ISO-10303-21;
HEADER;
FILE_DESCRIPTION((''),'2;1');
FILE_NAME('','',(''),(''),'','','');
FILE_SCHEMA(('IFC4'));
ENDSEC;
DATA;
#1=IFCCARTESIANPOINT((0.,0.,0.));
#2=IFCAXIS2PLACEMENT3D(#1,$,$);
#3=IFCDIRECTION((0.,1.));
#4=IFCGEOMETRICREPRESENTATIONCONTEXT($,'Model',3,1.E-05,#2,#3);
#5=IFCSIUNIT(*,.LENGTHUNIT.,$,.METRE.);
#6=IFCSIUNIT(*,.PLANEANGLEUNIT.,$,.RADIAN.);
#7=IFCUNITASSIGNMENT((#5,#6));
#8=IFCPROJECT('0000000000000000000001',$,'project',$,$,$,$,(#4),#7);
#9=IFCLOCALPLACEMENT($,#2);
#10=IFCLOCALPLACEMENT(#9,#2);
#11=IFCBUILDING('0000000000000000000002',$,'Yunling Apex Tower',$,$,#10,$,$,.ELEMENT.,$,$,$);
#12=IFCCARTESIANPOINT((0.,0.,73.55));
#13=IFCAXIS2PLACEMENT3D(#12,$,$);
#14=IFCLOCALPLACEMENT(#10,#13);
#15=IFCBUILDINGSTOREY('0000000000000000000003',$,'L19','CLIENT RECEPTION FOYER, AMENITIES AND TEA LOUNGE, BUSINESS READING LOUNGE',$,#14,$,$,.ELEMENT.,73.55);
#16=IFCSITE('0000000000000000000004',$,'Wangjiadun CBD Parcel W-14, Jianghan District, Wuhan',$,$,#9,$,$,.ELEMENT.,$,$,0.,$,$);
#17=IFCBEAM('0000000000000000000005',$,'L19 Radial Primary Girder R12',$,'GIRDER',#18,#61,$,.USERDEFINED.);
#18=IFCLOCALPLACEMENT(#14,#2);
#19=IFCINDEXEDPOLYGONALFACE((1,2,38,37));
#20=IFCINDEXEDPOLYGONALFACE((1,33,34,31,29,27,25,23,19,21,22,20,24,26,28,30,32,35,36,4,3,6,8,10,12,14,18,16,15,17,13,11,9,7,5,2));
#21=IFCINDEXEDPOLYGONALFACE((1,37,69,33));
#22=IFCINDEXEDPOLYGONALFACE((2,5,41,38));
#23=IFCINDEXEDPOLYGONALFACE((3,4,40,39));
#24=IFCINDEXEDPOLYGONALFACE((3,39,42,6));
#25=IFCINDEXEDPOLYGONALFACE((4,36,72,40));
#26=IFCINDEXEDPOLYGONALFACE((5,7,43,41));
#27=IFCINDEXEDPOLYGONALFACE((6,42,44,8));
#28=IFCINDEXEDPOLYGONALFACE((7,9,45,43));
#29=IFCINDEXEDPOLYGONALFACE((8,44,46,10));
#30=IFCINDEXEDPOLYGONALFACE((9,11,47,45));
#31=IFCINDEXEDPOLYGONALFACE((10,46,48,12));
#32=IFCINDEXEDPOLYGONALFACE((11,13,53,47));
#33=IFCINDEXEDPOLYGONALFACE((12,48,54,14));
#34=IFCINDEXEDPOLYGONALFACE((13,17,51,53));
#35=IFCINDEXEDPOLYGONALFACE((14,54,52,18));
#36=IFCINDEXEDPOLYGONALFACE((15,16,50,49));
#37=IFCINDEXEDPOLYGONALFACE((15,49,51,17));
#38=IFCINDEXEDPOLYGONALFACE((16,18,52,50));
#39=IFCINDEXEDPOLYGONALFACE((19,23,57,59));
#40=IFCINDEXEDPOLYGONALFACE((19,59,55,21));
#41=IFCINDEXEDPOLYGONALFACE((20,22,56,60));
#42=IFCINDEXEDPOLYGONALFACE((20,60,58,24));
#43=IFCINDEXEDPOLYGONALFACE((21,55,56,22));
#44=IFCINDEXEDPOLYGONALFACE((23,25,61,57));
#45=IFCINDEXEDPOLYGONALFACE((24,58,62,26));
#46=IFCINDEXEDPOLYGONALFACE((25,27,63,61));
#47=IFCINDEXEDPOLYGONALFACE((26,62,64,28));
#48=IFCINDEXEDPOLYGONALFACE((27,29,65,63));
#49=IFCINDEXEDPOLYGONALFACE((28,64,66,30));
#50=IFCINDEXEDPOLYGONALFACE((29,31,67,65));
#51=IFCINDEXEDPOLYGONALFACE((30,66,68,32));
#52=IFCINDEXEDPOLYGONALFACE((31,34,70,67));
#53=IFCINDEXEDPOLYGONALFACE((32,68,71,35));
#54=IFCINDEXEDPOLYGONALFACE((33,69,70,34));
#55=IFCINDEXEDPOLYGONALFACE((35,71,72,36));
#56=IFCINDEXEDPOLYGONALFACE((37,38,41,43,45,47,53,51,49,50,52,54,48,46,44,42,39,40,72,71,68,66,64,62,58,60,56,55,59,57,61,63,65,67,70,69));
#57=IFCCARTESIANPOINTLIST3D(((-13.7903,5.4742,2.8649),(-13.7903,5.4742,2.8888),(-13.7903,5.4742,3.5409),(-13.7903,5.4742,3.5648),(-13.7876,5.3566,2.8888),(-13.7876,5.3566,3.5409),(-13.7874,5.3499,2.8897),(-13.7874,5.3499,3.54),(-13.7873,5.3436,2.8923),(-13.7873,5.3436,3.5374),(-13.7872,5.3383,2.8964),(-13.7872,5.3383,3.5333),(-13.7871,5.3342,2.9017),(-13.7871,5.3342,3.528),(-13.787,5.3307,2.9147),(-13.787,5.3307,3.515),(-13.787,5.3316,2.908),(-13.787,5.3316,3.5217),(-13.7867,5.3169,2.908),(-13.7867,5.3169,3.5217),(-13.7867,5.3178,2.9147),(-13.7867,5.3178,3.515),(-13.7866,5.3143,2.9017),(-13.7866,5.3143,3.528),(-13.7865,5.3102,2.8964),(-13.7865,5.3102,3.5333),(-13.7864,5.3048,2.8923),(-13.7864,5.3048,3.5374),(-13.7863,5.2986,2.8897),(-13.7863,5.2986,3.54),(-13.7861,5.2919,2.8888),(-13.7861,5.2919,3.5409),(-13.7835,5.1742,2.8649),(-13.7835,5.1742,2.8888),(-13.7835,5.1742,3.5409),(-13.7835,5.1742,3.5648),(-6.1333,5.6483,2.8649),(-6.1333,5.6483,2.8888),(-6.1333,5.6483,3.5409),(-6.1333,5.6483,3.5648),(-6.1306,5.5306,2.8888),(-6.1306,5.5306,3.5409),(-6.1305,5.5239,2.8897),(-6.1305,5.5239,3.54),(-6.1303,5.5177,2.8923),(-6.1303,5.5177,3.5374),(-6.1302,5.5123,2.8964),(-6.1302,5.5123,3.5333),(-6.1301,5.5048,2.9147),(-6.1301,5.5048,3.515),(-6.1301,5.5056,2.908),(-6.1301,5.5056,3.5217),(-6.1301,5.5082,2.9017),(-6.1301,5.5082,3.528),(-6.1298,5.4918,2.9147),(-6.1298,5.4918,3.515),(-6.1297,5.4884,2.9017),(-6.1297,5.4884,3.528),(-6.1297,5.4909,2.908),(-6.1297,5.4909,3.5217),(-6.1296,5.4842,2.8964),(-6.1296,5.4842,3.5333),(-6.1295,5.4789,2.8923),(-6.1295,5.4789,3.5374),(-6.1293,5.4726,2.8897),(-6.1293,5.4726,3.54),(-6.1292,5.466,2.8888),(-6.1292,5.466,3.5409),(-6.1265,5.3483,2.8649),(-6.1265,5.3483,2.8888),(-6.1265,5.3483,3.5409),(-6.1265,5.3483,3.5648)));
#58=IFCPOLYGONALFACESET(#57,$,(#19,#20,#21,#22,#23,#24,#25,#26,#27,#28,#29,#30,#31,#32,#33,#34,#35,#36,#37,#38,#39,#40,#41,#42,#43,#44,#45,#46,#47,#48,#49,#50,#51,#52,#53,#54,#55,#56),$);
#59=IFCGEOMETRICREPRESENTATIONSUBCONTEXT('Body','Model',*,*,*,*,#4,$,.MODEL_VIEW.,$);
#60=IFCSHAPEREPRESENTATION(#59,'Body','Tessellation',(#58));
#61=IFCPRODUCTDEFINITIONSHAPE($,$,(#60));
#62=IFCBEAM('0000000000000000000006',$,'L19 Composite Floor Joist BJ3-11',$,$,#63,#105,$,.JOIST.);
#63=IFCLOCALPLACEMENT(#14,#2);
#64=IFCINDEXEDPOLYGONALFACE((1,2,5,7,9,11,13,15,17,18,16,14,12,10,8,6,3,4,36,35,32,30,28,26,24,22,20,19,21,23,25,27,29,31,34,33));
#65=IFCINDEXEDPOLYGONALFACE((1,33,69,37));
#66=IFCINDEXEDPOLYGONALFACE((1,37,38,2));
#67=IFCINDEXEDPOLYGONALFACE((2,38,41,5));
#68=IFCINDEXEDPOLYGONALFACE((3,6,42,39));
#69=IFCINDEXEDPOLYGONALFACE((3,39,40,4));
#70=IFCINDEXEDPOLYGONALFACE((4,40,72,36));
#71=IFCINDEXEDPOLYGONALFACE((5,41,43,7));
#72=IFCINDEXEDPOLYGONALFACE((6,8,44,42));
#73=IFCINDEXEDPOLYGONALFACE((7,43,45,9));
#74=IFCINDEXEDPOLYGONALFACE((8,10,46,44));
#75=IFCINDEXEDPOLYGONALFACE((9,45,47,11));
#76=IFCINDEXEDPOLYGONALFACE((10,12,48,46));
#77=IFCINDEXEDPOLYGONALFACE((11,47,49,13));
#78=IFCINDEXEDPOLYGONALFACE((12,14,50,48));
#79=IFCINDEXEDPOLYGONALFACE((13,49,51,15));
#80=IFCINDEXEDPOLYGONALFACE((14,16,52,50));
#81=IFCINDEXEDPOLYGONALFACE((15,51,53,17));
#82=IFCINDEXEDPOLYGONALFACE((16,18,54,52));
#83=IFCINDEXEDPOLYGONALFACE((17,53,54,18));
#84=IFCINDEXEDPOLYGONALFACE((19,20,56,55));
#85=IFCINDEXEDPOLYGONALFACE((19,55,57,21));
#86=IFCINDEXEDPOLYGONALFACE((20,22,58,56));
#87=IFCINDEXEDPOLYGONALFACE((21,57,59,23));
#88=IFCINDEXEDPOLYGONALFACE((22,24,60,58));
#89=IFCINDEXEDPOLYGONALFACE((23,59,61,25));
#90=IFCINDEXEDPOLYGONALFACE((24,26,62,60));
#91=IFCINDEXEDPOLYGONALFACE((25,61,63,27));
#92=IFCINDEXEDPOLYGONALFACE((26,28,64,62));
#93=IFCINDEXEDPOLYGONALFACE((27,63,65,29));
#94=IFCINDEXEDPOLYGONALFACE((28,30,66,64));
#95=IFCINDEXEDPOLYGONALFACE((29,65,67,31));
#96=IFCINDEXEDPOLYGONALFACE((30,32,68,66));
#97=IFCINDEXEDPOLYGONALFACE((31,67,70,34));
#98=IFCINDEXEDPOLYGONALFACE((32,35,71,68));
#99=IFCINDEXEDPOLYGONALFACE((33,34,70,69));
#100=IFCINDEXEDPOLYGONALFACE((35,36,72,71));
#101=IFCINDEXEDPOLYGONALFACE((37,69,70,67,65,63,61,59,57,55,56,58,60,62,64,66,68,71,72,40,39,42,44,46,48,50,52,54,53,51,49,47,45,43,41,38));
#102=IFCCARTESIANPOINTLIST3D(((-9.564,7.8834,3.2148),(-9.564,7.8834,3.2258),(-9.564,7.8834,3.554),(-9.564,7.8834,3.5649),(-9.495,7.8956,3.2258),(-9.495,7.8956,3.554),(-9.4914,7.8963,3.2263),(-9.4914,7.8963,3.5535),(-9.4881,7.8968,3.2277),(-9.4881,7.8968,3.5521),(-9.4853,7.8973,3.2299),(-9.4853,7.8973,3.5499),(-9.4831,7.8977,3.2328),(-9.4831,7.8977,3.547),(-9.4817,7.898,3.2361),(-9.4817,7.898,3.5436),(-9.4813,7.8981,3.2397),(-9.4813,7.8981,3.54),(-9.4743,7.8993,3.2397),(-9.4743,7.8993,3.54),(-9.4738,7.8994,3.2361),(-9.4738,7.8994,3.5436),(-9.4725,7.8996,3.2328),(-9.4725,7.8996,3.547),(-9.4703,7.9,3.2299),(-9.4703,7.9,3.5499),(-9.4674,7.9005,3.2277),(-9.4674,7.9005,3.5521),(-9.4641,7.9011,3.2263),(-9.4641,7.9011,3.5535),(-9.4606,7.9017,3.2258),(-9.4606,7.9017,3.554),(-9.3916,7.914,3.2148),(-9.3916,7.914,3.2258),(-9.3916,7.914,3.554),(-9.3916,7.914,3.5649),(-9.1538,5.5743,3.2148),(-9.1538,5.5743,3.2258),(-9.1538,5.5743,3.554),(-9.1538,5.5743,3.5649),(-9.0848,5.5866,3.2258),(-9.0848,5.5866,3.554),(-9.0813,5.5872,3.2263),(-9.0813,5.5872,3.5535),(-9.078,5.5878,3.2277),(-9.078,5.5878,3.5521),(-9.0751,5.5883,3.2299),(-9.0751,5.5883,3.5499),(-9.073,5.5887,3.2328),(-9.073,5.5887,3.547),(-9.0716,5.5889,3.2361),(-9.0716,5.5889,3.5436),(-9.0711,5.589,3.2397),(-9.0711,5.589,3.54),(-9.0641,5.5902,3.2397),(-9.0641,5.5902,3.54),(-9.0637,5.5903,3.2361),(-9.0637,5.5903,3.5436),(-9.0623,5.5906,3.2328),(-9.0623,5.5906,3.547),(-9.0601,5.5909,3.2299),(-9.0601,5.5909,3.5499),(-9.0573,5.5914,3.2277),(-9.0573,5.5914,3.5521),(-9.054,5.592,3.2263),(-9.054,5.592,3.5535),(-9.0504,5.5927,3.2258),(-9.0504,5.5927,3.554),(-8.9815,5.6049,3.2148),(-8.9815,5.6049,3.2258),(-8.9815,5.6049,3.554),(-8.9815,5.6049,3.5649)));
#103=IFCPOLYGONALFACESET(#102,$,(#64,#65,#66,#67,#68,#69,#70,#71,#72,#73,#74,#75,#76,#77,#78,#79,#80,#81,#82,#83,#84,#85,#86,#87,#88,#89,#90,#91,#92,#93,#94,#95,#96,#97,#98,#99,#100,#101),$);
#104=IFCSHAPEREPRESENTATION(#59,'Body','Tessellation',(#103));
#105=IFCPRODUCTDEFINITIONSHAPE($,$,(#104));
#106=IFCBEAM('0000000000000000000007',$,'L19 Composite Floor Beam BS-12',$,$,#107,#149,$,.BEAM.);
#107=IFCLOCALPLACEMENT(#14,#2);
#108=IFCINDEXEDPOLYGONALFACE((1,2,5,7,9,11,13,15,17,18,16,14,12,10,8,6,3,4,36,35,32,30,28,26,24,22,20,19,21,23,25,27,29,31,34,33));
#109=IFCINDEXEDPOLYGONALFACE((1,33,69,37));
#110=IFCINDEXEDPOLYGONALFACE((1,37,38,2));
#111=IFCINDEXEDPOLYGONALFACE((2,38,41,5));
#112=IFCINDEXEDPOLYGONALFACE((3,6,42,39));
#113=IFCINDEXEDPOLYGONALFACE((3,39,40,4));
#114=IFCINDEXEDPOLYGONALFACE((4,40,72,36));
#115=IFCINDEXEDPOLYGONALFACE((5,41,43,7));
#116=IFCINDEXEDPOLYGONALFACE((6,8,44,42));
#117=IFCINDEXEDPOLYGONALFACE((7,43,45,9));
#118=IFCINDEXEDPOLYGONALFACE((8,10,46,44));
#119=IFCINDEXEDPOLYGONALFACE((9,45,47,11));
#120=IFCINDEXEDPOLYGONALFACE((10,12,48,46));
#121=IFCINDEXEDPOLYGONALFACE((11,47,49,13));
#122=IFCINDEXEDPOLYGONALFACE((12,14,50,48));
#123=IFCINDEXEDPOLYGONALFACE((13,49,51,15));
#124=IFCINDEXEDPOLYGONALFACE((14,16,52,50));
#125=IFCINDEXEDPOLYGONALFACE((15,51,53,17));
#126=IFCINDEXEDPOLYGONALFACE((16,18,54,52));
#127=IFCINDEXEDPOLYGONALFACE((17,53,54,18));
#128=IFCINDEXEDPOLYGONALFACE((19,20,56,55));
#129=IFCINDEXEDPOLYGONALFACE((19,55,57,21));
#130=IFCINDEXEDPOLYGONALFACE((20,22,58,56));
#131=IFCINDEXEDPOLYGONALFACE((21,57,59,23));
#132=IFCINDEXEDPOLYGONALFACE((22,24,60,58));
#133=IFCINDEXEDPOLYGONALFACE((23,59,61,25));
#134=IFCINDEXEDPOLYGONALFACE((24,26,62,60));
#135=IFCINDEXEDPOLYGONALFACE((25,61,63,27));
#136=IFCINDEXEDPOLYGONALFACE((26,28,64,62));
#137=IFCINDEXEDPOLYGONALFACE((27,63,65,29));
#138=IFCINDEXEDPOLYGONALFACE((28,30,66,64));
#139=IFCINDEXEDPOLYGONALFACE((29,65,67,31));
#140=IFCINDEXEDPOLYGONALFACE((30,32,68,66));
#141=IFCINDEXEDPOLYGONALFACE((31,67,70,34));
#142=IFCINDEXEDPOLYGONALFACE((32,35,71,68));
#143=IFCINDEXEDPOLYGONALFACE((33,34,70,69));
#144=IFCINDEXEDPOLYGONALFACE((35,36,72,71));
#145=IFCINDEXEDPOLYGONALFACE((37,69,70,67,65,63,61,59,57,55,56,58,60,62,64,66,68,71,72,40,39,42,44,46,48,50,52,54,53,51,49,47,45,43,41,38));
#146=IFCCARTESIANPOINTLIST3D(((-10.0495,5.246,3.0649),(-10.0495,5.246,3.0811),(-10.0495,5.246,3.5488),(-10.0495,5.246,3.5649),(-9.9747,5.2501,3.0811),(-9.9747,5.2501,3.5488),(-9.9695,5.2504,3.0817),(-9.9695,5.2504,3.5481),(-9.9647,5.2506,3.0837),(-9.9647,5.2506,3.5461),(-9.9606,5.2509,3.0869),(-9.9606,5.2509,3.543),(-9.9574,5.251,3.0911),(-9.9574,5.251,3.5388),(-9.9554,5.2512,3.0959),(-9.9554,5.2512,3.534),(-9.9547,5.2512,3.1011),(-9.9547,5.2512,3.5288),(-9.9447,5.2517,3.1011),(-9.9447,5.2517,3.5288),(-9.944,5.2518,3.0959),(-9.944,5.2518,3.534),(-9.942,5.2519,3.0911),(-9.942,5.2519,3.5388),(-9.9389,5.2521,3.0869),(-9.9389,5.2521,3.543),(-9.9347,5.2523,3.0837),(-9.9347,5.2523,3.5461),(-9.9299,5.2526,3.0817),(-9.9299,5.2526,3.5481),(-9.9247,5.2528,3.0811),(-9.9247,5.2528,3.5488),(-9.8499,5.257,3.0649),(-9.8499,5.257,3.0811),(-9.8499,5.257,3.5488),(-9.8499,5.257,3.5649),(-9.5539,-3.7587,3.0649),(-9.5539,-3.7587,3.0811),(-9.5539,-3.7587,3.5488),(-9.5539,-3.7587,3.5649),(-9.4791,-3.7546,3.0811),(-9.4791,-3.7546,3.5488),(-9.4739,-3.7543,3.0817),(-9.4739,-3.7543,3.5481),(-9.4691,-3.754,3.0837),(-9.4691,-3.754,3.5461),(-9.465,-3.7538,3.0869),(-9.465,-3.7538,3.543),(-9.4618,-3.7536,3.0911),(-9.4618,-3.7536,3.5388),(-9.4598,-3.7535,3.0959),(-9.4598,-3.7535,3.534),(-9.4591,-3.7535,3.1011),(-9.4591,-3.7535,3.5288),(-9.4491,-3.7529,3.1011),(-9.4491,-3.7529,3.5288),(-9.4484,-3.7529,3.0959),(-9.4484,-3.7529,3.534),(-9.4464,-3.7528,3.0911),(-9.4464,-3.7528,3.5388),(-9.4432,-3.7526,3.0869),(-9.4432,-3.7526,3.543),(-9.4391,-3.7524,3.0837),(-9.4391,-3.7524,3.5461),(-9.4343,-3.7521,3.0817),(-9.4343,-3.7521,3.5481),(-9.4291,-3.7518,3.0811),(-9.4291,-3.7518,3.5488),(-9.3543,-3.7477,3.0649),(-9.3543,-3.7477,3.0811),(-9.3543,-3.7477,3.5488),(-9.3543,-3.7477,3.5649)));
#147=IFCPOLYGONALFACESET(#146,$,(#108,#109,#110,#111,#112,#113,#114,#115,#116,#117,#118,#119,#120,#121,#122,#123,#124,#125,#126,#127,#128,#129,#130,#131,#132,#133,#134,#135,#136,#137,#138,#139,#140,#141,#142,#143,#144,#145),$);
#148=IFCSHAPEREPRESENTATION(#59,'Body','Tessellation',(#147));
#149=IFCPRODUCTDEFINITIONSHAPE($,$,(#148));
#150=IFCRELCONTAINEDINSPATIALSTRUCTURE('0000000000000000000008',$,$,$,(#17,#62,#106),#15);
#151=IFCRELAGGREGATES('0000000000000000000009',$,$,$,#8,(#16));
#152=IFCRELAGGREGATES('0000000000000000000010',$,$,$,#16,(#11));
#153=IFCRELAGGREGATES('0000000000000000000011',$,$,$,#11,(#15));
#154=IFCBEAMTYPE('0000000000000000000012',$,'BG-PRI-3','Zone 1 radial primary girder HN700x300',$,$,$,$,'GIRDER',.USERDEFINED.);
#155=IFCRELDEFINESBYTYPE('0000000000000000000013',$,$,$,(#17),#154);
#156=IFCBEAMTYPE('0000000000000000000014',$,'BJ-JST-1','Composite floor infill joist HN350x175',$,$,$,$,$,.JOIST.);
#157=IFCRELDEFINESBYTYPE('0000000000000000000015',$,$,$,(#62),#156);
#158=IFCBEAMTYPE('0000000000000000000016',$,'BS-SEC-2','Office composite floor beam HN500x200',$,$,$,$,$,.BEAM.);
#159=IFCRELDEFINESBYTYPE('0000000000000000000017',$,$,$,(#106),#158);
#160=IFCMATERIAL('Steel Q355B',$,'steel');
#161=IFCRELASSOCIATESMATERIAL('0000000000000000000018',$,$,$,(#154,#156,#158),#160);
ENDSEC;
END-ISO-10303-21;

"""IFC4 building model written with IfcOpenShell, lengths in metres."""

from ifc_helpers import new_model, si_unit, direction, frame, origin, origin_2d, place, context, subcontext, project, spatial, i_section, extrude, source, transform, mapped, material, material_profile, profile_set, type_object, element, save


model = new_model("IFC4")

# Units and contexts
model_context = context("Model", 3, precision=1e-05, world=origin(), true_north=direction((0.0, 1.0)))
body_context = subcontext(model_context, "Body", "Model", "MODEL_VIEW")
ifc_project = project(units=[si_unit("LENGTHUNIT", "METRE"), si_unit("PLANEANGLEUNIT", "RADIAN")], contexts=[model_context])

# Site, building, storey
site_placement = place(None, origin())
site = spatial("IfcSite", under=ifc_project, at=site_placement, Name="Wangjiadun CBD Parcel W-14, Jianghan District, Wuhan", CompositionType="ELEMENT", RefElevation=0.0)
building_placement = place(site_placement, origin())
building = spatial("IfcBuilding", under=site, at=building_placement, Name="Yunling Apex Tower", CompositionType="ELEMENT")
storey_placement = place(building_placement, frame((0.0, 0.0, 73.55)))
storey = spatial("IfcBuildingStorey", under=building, at=storey_placement, Name="L19", Description="CLIENT RECEPTION FOYER, AMENITIES AND TEA LOUNGE, BUSINESS READING LOUNGE", CompositionType="ELEMENT", Elevation=73.55)

# Beams
ifc_material_1 = material(Name="Steel Q355B", Category="steel")
ifc_material_profile_1 = material_profile(ifc_material_1, i_section(OverallWidth=0.3, OverallDepth=0.7, WebThickness=0.0129, FlangeThickness=0.0239, FilletRadius=0.0259, at=origin_2d()))
ifc_profile_set_1 = profile_set([ifc_material_profile_1], Name="Steel Q355B")
beam_type_1 = type_object("IfcBeamType", Name="BG-PRI-3", Description="Zone 1 radial primary girder HN700x300", ElementType="GIRDER", PredefinedType="USERDEFINED", material=ifc_profile_set_1)
shared_shape_1 = source(origin(), body_context, "Body", "SweptSolid", [
    extrude(i_section(OverallWidth=0.3, OverallDepth=0.7, WebThickness=0.0129, FlangeThickness=0.0239, FilletRadius=0.0259, at=origin_2d()), origin(), (0.0, 0.0, 1.0), 7.6589),
])
beam_1_placement = place(storey_placement, frame((-13.7869, 5.3242, 3.2148), z_axis=(0.999742, 0.022728, 0.0), x_axis=(-0.022728, 0.999742, 0.0)))
element("IfcBeam", 1, at=beam_1_placement, inside=storey, type_object=beam_type_1, Name="L19 Radial Primary Girder R12", ObjectType="GIRDER", PredefinedType="USERDEFINED", context=body_context, shape_type="MappedRepresentation", body=[
    mapped(shared_shape_1, transform((0.0, 0.0, 0.0), scale=1.0)),
])
ifc_material_profile_2 = material_profile(ifc_material_1, i_section(OverallWidth=0.175, OverallDepth=0.3501, WebThickness=0.0071, FlangeThickness=0.011, FilletRadius=0.0139, at=origin_2d()))
ifc_profile_set_2 = profile_set([ifc_material_profile_2], Name="Steel Q355B")
beam_type_2 = type_object("IfcBeamType", Name="BJ-JST-1", Description="Composite floor infill joist HN350x175", PredefinedType="JOIST", material=ifc_profile_set_2)
shared_shape_2 = source(origin(), body_context, "Body", "SweptSolid", [
    extrude(i_section(OverallWidth=0.175, OverallDepth=0.3501, WebThickness=0.0071, FlangeThickness=0.011, FilletRadius=0.0139, at=origin_2d()), origin(), (0.0, 0.0, 1.0), 2.3452),
])
beam_2_placement = place(storey_placement, frame((-9.4778, 7.8987, 3.3899), z_axis=(0.17489, -0.984588, 0.0), x_axis=(0.984588, 0.17489, 0.0)))
element("IfcBeam", 2, at=beam_2_placement, inside=storey, type_object=beam_type_2, Name="L19 Composite Floor Joist BJ3-11", PredefinedType="JOIST", context=body_context, shape_type="MappedRepresentation", body=[
    mapped(shared_shape_2, transform((0.0, 0.0, 0.0), scale=1.0)),
])
ifc_material_profile_3 = material_profile(ifc_material_1, i_section(OverallWidth=0.2, OverallDepth=0.5, WebThickness=0.01, FlangeThickness=0.0161, FilletRadius=0.02, at=origin_2d()))
ifc_profile_set_3 = profile_set([ifc_material_profile_3], Name="Steel Q355B")
beam_type_3 = type_object("IfcBeamType", Name="BS-SEC-2", Description="Office composite floor beam HN500x200", PredefinedType="BEAM", material=ifc_profile_set_3)
shared_shape_3 = source(origin(), body_context, "Body", "SweptSolid", [
    extrude(i_section(OverallWidth=0.2, OverallDepth=0.5, WebThickness=0.01, FlangeThickness=0.0161, FilletRadius=0.02, at=origin_2d()), origin(), (0.0, 0.0, 1.0), 9.0183),
])
beam_3_placement = place(storey_placement, frame((-9.9497, 5.2515, 3.3149), z_axis=(0.054956, -0.998489, 0.0), x_axis=(0.998489, 0.054956, 0.0)))
element("IfcBeam", 3, at=beam_3_placement, inside=storey, type_object=beam_type_3, Name="L19 Composite Floor Beam BS-12", PredefinedType="BEAM", context=body_context, shape_type="MappedRepresentation", body=[
    mapped(shared_shape_3, transform((0.0, 0.0, 0.0), scale=1.0)),
])

save(model, "model.ifc")
